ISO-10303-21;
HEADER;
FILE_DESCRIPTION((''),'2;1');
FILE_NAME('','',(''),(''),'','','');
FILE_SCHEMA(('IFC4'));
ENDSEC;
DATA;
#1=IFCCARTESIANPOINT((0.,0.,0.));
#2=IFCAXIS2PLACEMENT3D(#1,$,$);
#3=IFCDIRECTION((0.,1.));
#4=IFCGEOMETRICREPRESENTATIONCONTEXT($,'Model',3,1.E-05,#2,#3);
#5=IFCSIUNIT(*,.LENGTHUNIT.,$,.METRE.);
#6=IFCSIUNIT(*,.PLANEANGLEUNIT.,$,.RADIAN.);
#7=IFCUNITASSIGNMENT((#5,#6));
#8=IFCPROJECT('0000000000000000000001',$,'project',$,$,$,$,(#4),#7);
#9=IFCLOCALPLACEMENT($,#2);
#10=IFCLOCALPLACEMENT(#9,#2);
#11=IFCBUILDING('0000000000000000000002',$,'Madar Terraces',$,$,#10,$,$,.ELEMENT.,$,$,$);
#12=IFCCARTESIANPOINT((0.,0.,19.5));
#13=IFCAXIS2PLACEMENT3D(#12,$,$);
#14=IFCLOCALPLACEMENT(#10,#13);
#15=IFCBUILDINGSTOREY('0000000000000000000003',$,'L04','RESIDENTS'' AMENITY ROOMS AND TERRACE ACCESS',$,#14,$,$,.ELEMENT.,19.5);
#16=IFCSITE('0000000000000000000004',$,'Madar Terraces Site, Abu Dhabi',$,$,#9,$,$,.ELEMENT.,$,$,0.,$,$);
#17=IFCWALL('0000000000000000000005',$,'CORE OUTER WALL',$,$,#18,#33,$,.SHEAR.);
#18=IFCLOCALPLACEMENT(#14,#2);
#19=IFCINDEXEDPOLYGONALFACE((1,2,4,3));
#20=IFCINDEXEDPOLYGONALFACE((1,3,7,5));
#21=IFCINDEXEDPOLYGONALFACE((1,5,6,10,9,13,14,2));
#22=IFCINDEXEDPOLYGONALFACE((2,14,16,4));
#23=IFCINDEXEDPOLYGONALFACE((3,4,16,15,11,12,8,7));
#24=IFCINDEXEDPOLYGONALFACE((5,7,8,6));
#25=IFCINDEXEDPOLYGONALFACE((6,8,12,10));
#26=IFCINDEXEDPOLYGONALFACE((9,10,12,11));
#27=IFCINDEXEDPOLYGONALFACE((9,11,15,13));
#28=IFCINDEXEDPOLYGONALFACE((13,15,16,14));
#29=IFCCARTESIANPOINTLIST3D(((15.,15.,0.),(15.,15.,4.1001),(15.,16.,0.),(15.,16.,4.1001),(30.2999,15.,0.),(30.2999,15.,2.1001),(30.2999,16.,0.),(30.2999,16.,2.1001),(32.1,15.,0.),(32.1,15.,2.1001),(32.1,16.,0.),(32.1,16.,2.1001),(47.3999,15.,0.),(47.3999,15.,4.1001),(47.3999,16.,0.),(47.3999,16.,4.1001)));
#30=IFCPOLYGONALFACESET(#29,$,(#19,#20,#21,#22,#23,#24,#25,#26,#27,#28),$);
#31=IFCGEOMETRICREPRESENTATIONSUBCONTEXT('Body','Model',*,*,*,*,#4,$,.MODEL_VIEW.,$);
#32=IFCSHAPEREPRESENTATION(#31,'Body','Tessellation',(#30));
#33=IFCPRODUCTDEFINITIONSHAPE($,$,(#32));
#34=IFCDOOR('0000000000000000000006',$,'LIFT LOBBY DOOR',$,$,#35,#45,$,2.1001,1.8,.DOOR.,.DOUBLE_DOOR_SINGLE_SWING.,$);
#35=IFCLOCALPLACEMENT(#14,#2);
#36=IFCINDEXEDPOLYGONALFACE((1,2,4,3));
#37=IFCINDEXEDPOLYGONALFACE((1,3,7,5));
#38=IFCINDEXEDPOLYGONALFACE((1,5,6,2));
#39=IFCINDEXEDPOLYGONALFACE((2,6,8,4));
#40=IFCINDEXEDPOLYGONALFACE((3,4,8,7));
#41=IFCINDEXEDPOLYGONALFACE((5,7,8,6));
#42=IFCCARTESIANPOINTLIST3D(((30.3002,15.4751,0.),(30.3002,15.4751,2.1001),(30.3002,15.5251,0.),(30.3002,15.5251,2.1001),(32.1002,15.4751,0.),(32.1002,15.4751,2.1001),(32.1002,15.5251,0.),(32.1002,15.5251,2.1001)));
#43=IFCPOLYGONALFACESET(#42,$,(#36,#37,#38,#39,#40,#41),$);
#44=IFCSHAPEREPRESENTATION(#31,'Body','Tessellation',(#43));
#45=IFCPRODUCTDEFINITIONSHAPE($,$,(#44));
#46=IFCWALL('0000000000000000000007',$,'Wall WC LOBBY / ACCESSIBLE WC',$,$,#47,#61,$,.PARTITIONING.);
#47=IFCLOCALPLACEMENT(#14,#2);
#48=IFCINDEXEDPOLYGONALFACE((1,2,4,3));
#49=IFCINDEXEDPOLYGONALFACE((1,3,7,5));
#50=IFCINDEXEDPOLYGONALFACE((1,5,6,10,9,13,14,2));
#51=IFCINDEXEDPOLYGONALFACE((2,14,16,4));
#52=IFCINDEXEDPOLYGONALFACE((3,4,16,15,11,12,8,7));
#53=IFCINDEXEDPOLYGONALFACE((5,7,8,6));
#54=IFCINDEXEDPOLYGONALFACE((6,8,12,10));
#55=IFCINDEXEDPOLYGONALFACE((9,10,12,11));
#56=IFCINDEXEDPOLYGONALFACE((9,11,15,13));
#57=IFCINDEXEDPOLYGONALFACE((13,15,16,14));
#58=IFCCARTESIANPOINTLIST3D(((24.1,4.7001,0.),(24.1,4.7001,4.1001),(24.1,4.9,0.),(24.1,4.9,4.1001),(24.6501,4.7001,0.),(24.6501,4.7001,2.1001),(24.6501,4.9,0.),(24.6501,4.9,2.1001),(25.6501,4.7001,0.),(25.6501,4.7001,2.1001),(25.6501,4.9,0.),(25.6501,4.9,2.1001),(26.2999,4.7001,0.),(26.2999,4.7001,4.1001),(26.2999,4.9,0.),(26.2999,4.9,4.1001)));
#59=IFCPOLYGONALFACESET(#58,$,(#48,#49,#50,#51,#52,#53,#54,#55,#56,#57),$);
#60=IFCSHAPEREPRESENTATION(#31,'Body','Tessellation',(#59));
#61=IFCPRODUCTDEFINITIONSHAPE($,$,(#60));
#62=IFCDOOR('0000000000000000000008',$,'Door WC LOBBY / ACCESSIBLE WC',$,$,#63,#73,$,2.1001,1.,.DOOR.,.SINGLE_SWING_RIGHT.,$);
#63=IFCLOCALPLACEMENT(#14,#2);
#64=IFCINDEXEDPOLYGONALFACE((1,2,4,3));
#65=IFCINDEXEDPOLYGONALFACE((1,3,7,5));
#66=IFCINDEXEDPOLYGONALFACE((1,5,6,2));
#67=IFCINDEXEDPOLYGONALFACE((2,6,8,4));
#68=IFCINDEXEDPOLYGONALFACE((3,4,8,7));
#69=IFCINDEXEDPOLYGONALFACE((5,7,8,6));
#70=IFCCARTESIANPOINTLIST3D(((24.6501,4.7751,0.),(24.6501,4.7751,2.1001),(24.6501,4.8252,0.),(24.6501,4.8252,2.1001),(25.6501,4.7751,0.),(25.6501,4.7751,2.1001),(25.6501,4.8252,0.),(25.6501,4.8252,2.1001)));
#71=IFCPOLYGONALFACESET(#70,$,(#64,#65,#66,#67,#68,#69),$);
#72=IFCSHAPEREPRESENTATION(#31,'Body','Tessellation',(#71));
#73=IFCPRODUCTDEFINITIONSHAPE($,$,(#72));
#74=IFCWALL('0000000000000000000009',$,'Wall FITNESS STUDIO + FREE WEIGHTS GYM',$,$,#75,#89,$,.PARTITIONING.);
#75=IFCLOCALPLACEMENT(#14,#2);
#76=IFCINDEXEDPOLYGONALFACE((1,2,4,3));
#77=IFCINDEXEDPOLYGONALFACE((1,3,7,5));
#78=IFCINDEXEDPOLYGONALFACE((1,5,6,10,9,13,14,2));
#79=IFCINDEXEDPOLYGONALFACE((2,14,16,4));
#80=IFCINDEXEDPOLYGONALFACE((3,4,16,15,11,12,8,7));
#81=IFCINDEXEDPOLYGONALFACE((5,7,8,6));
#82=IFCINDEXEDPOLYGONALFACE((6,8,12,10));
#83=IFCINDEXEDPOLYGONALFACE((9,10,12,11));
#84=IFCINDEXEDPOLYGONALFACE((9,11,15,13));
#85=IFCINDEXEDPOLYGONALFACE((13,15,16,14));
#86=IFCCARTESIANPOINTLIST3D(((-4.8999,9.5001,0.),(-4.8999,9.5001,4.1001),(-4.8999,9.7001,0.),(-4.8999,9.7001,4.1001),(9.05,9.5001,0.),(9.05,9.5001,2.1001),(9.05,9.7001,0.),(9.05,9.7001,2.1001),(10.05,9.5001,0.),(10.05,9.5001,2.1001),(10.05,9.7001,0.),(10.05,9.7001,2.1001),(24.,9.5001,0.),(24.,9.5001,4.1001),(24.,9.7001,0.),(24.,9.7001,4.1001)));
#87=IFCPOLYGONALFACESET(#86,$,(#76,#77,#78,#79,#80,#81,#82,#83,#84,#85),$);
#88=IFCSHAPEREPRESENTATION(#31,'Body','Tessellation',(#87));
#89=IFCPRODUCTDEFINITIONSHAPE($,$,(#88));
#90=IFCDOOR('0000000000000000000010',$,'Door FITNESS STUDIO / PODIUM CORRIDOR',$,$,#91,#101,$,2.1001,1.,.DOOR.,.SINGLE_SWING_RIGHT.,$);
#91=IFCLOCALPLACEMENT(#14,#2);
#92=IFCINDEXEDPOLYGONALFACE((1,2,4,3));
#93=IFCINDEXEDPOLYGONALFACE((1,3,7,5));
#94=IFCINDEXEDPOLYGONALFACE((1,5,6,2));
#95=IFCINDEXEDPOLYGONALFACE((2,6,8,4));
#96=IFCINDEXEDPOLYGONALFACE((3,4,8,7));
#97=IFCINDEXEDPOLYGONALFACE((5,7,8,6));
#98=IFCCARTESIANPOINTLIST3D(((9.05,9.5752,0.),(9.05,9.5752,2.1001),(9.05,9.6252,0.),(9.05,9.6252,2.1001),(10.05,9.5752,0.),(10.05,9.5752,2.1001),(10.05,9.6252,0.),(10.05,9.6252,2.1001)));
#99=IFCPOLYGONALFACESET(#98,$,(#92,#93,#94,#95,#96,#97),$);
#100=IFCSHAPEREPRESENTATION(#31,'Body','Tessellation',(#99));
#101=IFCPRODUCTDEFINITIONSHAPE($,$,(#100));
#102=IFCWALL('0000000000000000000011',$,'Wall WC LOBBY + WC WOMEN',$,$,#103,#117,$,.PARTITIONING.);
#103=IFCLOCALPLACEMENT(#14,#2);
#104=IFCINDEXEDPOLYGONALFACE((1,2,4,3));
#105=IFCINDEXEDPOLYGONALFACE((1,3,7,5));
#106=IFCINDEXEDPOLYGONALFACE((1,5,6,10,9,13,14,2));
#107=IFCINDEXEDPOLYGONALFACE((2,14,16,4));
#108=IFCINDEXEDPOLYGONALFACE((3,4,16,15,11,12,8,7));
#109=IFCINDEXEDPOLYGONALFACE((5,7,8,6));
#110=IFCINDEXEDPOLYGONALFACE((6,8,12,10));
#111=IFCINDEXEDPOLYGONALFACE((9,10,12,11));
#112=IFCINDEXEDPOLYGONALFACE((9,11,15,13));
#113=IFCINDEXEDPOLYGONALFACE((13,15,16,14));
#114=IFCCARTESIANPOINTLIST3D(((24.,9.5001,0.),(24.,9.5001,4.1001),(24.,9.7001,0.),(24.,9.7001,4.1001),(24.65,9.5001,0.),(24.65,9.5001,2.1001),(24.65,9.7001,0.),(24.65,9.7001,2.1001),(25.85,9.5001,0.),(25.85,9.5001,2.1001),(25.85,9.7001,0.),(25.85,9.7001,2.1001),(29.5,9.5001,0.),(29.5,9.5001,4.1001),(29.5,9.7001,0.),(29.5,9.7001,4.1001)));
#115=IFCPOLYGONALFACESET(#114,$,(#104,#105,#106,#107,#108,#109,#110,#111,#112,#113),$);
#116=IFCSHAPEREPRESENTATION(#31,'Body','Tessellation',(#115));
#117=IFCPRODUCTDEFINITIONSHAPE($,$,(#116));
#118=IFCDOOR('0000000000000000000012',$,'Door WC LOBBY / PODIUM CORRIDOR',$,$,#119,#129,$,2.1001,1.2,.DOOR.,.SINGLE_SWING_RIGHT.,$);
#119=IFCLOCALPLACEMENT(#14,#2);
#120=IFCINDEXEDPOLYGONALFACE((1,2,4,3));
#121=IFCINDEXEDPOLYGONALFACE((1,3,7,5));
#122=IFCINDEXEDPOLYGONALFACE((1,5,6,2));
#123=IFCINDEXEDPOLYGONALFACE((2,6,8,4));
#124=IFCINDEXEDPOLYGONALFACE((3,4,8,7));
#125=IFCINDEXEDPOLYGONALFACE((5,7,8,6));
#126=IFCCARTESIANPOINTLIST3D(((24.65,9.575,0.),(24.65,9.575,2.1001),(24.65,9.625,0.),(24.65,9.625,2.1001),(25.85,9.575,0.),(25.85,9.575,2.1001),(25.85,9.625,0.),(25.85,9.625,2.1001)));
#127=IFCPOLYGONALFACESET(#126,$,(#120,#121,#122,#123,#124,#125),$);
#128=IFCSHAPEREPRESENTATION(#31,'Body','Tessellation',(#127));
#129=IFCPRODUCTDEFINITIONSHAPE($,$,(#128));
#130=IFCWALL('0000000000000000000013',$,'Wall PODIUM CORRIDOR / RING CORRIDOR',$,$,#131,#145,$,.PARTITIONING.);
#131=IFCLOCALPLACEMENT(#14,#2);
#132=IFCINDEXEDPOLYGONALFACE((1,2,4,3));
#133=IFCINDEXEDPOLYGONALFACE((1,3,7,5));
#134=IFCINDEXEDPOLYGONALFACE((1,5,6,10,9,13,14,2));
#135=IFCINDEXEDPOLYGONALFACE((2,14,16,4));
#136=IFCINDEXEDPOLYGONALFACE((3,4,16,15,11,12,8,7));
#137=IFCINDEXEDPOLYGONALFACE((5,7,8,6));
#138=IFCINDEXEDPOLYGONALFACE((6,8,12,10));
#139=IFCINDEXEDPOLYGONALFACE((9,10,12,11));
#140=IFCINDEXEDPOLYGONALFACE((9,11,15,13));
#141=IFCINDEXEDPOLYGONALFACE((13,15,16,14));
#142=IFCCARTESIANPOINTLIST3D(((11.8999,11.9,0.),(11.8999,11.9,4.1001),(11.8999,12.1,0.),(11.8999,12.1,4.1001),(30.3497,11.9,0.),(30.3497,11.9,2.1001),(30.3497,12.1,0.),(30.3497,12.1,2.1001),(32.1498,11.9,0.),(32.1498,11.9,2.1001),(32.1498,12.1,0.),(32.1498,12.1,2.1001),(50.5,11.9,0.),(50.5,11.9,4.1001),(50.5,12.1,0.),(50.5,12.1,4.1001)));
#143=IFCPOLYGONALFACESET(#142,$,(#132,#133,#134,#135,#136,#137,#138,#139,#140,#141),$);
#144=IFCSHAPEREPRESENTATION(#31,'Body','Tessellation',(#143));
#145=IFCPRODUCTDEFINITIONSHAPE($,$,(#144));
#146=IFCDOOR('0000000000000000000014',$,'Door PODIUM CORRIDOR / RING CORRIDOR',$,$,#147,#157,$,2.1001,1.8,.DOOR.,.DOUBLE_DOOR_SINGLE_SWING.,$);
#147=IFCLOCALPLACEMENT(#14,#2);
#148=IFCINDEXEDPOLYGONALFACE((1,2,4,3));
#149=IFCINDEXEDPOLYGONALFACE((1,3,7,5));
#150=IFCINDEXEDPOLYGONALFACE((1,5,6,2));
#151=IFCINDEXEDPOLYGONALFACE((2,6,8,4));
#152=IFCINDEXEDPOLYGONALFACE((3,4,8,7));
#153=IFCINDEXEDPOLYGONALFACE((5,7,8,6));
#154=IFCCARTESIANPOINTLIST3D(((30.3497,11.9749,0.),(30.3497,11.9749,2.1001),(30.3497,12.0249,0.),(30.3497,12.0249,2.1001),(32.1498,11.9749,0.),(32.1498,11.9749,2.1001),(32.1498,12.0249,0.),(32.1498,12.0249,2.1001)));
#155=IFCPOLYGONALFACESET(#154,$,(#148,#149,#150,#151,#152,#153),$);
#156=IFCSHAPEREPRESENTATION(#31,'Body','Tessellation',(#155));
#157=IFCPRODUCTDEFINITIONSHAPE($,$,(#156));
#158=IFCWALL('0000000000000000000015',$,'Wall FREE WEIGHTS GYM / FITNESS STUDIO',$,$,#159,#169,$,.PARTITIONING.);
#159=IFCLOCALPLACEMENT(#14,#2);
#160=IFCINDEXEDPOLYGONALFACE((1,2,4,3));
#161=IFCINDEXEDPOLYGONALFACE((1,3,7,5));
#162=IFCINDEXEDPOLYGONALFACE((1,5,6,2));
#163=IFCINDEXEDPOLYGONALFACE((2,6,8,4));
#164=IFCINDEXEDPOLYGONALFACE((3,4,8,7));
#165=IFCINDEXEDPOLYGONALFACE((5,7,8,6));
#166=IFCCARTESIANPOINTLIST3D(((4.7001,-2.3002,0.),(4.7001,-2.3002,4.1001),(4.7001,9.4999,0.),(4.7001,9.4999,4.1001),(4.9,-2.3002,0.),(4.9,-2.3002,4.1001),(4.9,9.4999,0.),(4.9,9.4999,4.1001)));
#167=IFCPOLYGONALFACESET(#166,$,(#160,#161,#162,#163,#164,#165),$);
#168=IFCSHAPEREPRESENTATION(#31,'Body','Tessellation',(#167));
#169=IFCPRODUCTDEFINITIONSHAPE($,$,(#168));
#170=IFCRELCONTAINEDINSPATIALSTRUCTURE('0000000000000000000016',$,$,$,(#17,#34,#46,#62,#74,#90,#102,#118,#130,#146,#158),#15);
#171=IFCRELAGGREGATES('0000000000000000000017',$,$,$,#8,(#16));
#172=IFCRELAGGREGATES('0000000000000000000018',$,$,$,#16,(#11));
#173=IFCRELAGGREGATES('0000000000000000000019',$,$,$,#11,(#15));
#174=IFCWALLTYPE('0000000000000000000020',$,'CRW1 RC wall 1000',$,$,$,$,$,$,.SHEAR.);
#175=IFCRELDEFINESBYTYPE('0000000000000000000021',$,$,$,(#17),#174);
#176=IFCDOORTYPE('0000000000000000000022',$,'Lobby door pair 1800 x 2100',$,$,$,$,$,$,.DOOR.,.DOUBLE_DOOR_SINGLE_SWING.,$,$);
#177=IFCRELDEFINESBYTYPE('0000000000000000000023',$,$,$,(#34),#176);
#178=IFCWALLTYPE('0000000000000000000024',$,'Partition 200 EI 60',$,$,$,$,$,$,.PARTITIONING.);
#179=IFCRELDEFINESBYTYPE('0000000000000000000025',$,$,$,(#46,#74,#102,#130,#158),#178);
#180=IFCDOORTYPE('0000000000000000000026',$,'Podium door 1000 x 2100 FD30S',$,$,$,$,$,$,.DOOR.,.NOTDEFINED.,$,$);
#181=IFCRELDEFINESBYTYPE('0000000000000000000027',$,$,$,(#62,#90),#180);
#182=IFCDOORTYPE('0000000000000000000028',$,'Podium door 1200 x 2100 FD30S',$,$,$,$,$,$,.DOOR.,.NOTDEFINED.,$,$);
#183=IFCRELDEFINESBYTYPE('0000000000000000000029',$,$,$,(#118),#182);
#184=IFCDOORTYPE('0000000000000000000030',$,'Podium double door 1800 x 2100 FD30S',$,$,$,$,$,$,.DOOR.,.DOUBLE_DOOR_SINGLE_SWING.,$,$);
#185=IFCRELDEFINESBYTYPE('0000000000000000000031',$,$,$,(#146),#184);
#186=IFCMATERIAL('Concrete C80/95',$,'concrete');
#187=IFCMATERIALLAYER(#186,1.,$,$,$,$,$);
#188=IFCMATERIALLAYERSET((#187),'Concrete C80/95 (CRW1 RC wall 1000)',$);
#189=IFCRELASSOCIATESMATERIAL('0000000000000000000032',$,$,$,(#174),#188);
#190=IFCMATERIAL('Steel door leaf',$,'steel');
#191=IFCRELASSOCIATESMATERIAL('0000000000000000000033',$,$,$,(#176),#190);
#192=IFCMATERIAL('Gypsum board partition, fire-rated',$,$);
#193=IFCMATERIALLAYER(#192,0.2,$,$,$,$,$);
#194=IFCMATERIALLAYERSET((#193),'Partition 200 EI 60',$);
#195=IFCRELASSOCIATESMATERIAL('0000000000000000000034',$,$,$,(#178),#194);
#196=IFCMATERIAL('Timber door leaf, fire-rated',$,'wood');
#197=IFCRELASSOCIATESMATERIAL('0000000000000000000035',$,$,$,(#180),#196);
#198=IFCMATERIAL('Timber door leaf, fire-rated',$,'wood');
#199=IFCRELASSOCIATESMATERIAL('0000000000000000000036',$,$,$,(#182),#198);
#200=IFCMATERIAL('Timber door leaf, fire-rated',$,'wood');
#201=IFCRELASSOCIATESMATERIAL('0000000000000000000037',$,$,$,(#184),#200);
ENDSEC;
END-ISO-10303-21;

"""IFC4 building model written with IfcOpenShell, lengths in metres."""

from ifc_helpers import new_model, si_unit, direction, frame, frame_2d, origin, place, context, subcontext, project, spatial, rectangle, extrude, material, layer, layer_set, type_object, element, fill, save


model = new_model("IFC4")

# Units and contexts
model_context = context("Model", 3, precision=1e-05, world=origin(), true_north=direction((0.0, 1.0)))
body_context = subcontext(model_context, "Body", "Model", "MODEL_VIEW")
ifc_project = project(units=[si_unit("LENGTHUNIT", "METRE"), si_unit("PLANEANGLEUNIT", "RADIAN")], contexts=[model_context])

# Site, building, storey
site_placement = place(None, origin())
site = spatial("IfcSite", under=ifc_project, at=site_placement, Name="Madar Terraces Site, Abu Dhabi", CompositionType="ELEMENT", RefElevation=0.0)
building_placement = place(site_placement, origin())
building = spatial("IfcBuilding", under=site, at=building_placement, Name="Madar Terraces", CompositionType="ELEMENT")
storey_placement = place(building_placement, frame((0.0, 0.0, 19.5)))
storey = spatial("IfcBuildingStorey", under=building, at=storey_placement, Name="L04", Description="RESIDENTS' AMENITY ROOMS AND TERRACE ACCESS", CompositionType="ELEMENT", Elevation=19.5)

# Walls, openings, doors
ifc_material_1 = material(Name="Concrete C80/95", Category="concrete")
ifc_layer_1 = layer(ifc_material_1, 1.0)
ifc_layer_set_1 = layer_set([ifc_layer_1], Name="Concrete C80/95 (CRW1 RC wall 1000)")
wall_type_1 = type_object("IfcWallType", Name="CRW1 RC wall 1000", PredefinedType="SHEAR", material=ifc_layer_set_1)
wall_1_placement = place(storey_placement, frame((15.0, 15.5, 0.0), z_axis=(0.0, 0.0, 1.0), x_axis=(1.0, 0.0, 0.0)))
wall_1 = element("IfcWall", 1, at=wall_1_placement, inside=storey, type_object=wall_type_1, Name="CORE OUTER WALL", PredefinedType="SHEAR", context=body_context, shape_type="SweptSolid", body=[
    extrude(rectangle(XDim=32.3999, YDim=1.0, at=frame_2d((16.2, 0.0))), origin(), (0.0, 0.0, 1.0), 4.1001),
])
opening_1_placement = place(wall_1_placement, frame((15.3, 0.0, 0.0)))
opening_1 = element("IfcOpeningElement", 2, at=opening_1_placement, cuts=wall_1, PredefinedType="OPENING", context=body_context, shape_type="SweptSolid", body=[
    extrude(rectangle(XDim=1.8, YDim=2.1001, at=frame_2d((0.8999, 1.05))), frame((0.0, 0.51, 0.0), z_axis=(0.0, -1.0, 0.0), x_axis=(1.0, 0.0, 0.0)), (0.0, 0.0, 1.0), 1.02),
])
ifc_material_2 = material(Name="Steel door leaf", Category="steel")
door_type_1 = type_object("IfcDoorType", Name="Lobby door pair 1800 x 2100", OperationType="DOUBLE_DOOR_SINGLE_SWING", PredefinedType="DOOR", material=ifc_material_2)
door_1_placement = place(opening_1_placement, frame((1.8, 0.0, 0.0), z_axis=(0.0, 0.0, 1.0), x_axis=(-1.0, 0.0, 0.0)))
door_1 = element("IfcDoor", 3, at=door_1_placement, inside=storey, type_object=door_type_1, Name="LIFT LOBBY DOOR", OperationType="DOUBLE_DOOR_SINGLE_SWING", OverallHeight=2.1001, OverallWidth=1.8, PredefinedType="DOOR", context=body_context, shape_type="SweptSolid", body=[
    extrude(rectangle(XDim=1.8, YDim=2.1001, at=frame_2d((0.8999, 1.05))), frame((0.0, 0.0249, 0.0), z_axis=(0.0, -1.0, 0.0), x_axis=(1.0, 0.0, 0.0)), (0.0, 0.0, 1.0), 0.05),
])
fill(opening_1, door_1)
ifc_material_3 = material(Name="Gypsum board partition, fire-rated")
ifc_layer_2 = layer(ifc_material_3, 0.2)
ifc_layer_set_2 = layer_set([ifc_layer_2], Name="Partition 200 EI 60")
wall_type_2 = type_object("IfcWallType", Name="Partition 200 EI 60", PredefinedType="PARTITIONING", material=ifc_layer_set_2)
wall_2_placement = place(storey_placement, frame((26.3, 4.8, 0.0), z_axis=(0.0, 0.0, 1.0), x_axis=(-1.0, 0.0, 0.0)))
wall_2 = element("IfcWall", 4, at=wall_2_placement, inside=storey, type_object=wall_type_2, Name="Wall WC LOBBY / ACCESSIBLE WC", PredefinedType="PARTITIONING", context=body_context, shape_type="SweptSolid", body=[
    extrude(rectangle(XDim=2.2, YDim=0.2, at=frame_2d((1.1001, 0.0))), origin(), (0.0, 0.0, 1.0), 4.1001),
])
opening_2_placement = place(wall_2_placement, frame((0.6499, 0.0, 0.0)))
opening_2 = element("IfcOpeningElement", 5, at=opening_2_placement, cuts=wall_2, PredefinedType="OPENING", context=body_context, shape_type="SweptSolid", body=[
    extrude(rectangle(XDim=1.0, YDim=2.1001, at=frame_2d((0.5, 1.05))), frame((0.0, 0.1099, 0.0), z_axis=(0.0, -1.0, 0.0), x_axis=(1.0, 0.0, 0.0)), (0.0, 0.0, 1.0), 0.22),
])
ifc_material_4 = material(Name="Timber door leaf, fire-rated", Category="wood")
door_type_2 = type_object("IfcDoorType", Name="Podium door 1000 x 2100 FD30S", OperationType="NOTDEFINED", PredefinedType="DOOR", material=ifc_material_4)
door_2_placement = place(opening_2_placement, origin())
door_2 = element("IfcDoor", 6, at=door_2_placement, inside=storey, type_object=door_type_2, Name="Door WC LOBBY / ACCESSIBLE WC", OperationType="SINGLE_SWING_RIGHT", OverallHeight=2.1001, OverallWidth=1.0, PredefinedType="DOOR", context=body_context, shape_type="SweptSolid", body=[
    extrude(rectangle(XDim=1.0, YDim=2.1001, at=frame_2d((0.5, 1.05))), frame((0.0, 0.0249, 0.0), z_axis=(0.0, -1.0, 0.0), x_axis=(1.0, 0.0, 0.0)), (0.0, 0.0, 1.0), 0.05),
])
fill(opening_2, door_2)
wall_3_placement = place(storey_placement, frame((24.0, 9.6001, 0.0), z_axis=(0.0, 0.0, 1.0), x_axis=(-1.0, 0.0, 0.0)))
wall_3 = element("IfcWall", 7, at=wall_3_placement, inside=storey, type_object=wall_type_2, Name="Wall FITNESS STUDIO + FREE WEIGHTS GYM", PredefinedType="PARTITIONING", context=body_context, shape_type="SweptSolid", body=[
    extrude(rectangle(XDim=28.8999, YDim=0.2, at=frame_2d((14.45, 0.0))), origin(), (0.0, 0.0, 1.0), 4.1001),
])
opening_3_placement = place(wall_3_placement, frame((13.95, 0.0, 0.0)))
opening_3 = element("IfcOpeningElement", 8, at=opening_3_placement, cuts=wall_3, PredefinedType="OPENING", context=body_context, shape_type="SweptSolid", body=[
    extrude(rectangle(XDim=1.0, YDim=2.1001, at=frame_2d((0.5, 1.05))), frame((0.0, 0.1099, 0.0), z_axis=(0.0, -1.0, 0.0), x_axis=(1.0, 0.0, 0.0)), (0.0, 0.0, 1.0), 0.22),
])
door_3_placement = place(opening_3_placement, origin())
door_3 = element("IfcDoor", 9, at=door_3_placement, inside=storey, type_object=door_type_2, Name="Door FITNESS STUDIO / PODIUM CORRIDOR", OperationType="SINGLE_SWING_RIGHT", OverallHeight=2.1001, OverallWidth=1.0, PredefinedType="DOOR", context=body_context, shape_type="SweptSolid", body=[
    extrude(rectangle(XDim=1.0, YDim=2.1001, at=frame_2d((0.5, 1.05))), frame((0.0, 0.0249, 0.0), z_axis=(0.0, -1.0, 0.0), x_axis=(1.0, 0.0, 0.0)), (0.0, 0.0, 1.0), 0.05),
])
fill(opening_3, door_3)
wall_4_placement = place(storey_placement, frame((24.0, 9.6001, 0.0), z_axis=(0.0, 0.0, 1.0), x_axis=(1.0, 0.0, 0.0)))
wall_4 = element("IfcWall", 10, at=wall_4_placement, inside=storey, type_object=wall_type_2, Name="Wall WC LOBBY + WC WOMEN", PredefinedType="PARTITIONING", context=body_context, shape_type="SweptSolid", body=[
    extrude(rectangle(XDim=5.5, YDim=0.2, at=frame_2d((2.75, 0.0))), origin(), (0.0, 0.0, 1.0), 4.1001),
])
opening_4_placement = place(wall_4_placement, frame((0.6499, 0.0, 0.0)))
opening_4 = element("IfcOpeningElement", 11, at=opening_4_placement, cuts=wall_4, PredefinedType="OPENING", context=body_context, shape_type="SweptSolid", body=[
    extrude(rectangle(XDim=1.2, YDim=2.1001, at=frame_2d((0.6001, 1.05))), frame((0.0, 0.1099, 0.0), z_axis=(0.0, -1.0, 0.0), x_axis=(1.0, 0.0, 0.0)), (0.0, 0.0, 1.0), 0.22),
])
ifc_material_5 = material(Name="Timber door leaf, fire-rated", Category="wood")
door_type_3 = type_object("IfcDoorType", Name="Podium door 1200 x 2100 FD30S", OperationType="NOTDEFINED", PredefinedType="DOOR", material=ifc_material_5)
door_4_placement = place(opening_4_placement, origin())
door_4 = element("IfcDoor", 12, at=door_4_placement, inside=storey, type_object=door_type_3, Name="Door WC LOBBY / PODIUM CORRIDOR", OperationType="SINGLE_SWING_RIGHT", OverallHeight=2.1001, OverallWidth=1.2, PredefinedType="DOOR", context=body_context, shape_type="SweptSolid", body=[
    extrude(rectangle(XDim=1.2, YDim=2.1001, at=frame_2d((0.6001, 1.05))), frame((0.0, 0.0249, 0.0), z_axis=(0.0, -1.0, 0.0), x_axis=(1.0, 0.0, 0.0)), (0.0, 0.0, 1.0), 0.05),
])
fill(opening_4, door_4)
wall_5_placement = place(storey_placement, frame((11.8999, 12.0, 0.0), z_axis=(0.0, 0.0, 1.0), x_axis=(1.0, 0.0, 0.0)))
wall_5 = element("IfcWall", 13, at=wall_5_placement, inside=storey, type_object=wall_type_2, Name="Wall PODIUM CORRIDOR / RING CORRIDOR", PredefinedType="PARTITIONING", context=body_context, shape_type="SweptSolid", body=[
    extrude(rectangle(XDim=38.6001, YDim=0.2, at=frame_2d((19.3, 0.0))), origin(), (0.0, 0.0, 1.0), 4.1001),
])
opening_5_placement = place(wall_5_placement, frame((18.45, 0.0, 0.0)))
opening_5 = element("IfcOpeningElement", 14, at=opening_5_placement, cuts=wall_5, PredefinedType="OPENING", context=body_context, shape_type="SweptSolid", body=[
    extrude(rectangle(XDim=1.8, YDim=2.1001, at=frame_2d((0.8999, 1.05))), frame((0.0, 0.1099, 0.0), z_axis=(0.0, -1.0, 0.0), x_axis=(1.0, 0.0, 0.0)), (0.0, 0.0, 1.0), 0.22),
])
ifc_material_6 = material(Name="Timber door leaf, fire-rated", Category="wood")
door_type_4 = type_object("IfcDoorType", Name="Podium double door 1800 x 2100 FD30S", OperationType="DOUBLE_DOOR_SINGLE_SWING", PredefinedType="DOOR", material=ifc_material_6)
door_5_placement = place(opening_5_placement, origin())
door_5 = element("IfcDoor", 15, at=door_5_placement, inside=storey, type_object=door_type_4, Name="Door PODIUM CORRIDOR / RING CORRIDOR", OperationType="DOUBLE_DOOR_SINGLE_SWING", OverallHeight=2.1001, OverallWidth=1.8, PredefinedType="DOOR", context=body_context, shape_type="SweptSolid", body=[
    extrude(rectangle(XDim=1.8, YDim=2.1001, at=frame_2d((0.8999, 1.05))), frame((0.0, 0.0249, 0.0), z_axis=(0.0, -1.0, 0.0), x_axis=(1.0, 0.0, 0.0)), (0.0, 0.0, 1.0), 0.05),
])
fill(opening_5, door_5)

# Wall
wall_6_placement = place(storey_placement, frame((4.8, -2.3, 0.0), z_axis=(0.0, 0.0, 1.0), x_axis=(0.0, 1.0, 0.0)))
element("IfcWall", 16, at=wall_6_placement, inside=storey, type_object=wall_type_2, Name="Wall FREE WEIGHTS GYM / FITNESS STUDIO", PredefinedType="PARTITIONING", context=body_context, shape_type="SweptSolid", body=[
    extrude(rectangle(XDim=11.8, YDim=0.2, at=frame_2d((5.8999, 0.0))), origin(), (0.0, 0.0, 1.0), 4.1001),
])

save(model, "model.ifc")
